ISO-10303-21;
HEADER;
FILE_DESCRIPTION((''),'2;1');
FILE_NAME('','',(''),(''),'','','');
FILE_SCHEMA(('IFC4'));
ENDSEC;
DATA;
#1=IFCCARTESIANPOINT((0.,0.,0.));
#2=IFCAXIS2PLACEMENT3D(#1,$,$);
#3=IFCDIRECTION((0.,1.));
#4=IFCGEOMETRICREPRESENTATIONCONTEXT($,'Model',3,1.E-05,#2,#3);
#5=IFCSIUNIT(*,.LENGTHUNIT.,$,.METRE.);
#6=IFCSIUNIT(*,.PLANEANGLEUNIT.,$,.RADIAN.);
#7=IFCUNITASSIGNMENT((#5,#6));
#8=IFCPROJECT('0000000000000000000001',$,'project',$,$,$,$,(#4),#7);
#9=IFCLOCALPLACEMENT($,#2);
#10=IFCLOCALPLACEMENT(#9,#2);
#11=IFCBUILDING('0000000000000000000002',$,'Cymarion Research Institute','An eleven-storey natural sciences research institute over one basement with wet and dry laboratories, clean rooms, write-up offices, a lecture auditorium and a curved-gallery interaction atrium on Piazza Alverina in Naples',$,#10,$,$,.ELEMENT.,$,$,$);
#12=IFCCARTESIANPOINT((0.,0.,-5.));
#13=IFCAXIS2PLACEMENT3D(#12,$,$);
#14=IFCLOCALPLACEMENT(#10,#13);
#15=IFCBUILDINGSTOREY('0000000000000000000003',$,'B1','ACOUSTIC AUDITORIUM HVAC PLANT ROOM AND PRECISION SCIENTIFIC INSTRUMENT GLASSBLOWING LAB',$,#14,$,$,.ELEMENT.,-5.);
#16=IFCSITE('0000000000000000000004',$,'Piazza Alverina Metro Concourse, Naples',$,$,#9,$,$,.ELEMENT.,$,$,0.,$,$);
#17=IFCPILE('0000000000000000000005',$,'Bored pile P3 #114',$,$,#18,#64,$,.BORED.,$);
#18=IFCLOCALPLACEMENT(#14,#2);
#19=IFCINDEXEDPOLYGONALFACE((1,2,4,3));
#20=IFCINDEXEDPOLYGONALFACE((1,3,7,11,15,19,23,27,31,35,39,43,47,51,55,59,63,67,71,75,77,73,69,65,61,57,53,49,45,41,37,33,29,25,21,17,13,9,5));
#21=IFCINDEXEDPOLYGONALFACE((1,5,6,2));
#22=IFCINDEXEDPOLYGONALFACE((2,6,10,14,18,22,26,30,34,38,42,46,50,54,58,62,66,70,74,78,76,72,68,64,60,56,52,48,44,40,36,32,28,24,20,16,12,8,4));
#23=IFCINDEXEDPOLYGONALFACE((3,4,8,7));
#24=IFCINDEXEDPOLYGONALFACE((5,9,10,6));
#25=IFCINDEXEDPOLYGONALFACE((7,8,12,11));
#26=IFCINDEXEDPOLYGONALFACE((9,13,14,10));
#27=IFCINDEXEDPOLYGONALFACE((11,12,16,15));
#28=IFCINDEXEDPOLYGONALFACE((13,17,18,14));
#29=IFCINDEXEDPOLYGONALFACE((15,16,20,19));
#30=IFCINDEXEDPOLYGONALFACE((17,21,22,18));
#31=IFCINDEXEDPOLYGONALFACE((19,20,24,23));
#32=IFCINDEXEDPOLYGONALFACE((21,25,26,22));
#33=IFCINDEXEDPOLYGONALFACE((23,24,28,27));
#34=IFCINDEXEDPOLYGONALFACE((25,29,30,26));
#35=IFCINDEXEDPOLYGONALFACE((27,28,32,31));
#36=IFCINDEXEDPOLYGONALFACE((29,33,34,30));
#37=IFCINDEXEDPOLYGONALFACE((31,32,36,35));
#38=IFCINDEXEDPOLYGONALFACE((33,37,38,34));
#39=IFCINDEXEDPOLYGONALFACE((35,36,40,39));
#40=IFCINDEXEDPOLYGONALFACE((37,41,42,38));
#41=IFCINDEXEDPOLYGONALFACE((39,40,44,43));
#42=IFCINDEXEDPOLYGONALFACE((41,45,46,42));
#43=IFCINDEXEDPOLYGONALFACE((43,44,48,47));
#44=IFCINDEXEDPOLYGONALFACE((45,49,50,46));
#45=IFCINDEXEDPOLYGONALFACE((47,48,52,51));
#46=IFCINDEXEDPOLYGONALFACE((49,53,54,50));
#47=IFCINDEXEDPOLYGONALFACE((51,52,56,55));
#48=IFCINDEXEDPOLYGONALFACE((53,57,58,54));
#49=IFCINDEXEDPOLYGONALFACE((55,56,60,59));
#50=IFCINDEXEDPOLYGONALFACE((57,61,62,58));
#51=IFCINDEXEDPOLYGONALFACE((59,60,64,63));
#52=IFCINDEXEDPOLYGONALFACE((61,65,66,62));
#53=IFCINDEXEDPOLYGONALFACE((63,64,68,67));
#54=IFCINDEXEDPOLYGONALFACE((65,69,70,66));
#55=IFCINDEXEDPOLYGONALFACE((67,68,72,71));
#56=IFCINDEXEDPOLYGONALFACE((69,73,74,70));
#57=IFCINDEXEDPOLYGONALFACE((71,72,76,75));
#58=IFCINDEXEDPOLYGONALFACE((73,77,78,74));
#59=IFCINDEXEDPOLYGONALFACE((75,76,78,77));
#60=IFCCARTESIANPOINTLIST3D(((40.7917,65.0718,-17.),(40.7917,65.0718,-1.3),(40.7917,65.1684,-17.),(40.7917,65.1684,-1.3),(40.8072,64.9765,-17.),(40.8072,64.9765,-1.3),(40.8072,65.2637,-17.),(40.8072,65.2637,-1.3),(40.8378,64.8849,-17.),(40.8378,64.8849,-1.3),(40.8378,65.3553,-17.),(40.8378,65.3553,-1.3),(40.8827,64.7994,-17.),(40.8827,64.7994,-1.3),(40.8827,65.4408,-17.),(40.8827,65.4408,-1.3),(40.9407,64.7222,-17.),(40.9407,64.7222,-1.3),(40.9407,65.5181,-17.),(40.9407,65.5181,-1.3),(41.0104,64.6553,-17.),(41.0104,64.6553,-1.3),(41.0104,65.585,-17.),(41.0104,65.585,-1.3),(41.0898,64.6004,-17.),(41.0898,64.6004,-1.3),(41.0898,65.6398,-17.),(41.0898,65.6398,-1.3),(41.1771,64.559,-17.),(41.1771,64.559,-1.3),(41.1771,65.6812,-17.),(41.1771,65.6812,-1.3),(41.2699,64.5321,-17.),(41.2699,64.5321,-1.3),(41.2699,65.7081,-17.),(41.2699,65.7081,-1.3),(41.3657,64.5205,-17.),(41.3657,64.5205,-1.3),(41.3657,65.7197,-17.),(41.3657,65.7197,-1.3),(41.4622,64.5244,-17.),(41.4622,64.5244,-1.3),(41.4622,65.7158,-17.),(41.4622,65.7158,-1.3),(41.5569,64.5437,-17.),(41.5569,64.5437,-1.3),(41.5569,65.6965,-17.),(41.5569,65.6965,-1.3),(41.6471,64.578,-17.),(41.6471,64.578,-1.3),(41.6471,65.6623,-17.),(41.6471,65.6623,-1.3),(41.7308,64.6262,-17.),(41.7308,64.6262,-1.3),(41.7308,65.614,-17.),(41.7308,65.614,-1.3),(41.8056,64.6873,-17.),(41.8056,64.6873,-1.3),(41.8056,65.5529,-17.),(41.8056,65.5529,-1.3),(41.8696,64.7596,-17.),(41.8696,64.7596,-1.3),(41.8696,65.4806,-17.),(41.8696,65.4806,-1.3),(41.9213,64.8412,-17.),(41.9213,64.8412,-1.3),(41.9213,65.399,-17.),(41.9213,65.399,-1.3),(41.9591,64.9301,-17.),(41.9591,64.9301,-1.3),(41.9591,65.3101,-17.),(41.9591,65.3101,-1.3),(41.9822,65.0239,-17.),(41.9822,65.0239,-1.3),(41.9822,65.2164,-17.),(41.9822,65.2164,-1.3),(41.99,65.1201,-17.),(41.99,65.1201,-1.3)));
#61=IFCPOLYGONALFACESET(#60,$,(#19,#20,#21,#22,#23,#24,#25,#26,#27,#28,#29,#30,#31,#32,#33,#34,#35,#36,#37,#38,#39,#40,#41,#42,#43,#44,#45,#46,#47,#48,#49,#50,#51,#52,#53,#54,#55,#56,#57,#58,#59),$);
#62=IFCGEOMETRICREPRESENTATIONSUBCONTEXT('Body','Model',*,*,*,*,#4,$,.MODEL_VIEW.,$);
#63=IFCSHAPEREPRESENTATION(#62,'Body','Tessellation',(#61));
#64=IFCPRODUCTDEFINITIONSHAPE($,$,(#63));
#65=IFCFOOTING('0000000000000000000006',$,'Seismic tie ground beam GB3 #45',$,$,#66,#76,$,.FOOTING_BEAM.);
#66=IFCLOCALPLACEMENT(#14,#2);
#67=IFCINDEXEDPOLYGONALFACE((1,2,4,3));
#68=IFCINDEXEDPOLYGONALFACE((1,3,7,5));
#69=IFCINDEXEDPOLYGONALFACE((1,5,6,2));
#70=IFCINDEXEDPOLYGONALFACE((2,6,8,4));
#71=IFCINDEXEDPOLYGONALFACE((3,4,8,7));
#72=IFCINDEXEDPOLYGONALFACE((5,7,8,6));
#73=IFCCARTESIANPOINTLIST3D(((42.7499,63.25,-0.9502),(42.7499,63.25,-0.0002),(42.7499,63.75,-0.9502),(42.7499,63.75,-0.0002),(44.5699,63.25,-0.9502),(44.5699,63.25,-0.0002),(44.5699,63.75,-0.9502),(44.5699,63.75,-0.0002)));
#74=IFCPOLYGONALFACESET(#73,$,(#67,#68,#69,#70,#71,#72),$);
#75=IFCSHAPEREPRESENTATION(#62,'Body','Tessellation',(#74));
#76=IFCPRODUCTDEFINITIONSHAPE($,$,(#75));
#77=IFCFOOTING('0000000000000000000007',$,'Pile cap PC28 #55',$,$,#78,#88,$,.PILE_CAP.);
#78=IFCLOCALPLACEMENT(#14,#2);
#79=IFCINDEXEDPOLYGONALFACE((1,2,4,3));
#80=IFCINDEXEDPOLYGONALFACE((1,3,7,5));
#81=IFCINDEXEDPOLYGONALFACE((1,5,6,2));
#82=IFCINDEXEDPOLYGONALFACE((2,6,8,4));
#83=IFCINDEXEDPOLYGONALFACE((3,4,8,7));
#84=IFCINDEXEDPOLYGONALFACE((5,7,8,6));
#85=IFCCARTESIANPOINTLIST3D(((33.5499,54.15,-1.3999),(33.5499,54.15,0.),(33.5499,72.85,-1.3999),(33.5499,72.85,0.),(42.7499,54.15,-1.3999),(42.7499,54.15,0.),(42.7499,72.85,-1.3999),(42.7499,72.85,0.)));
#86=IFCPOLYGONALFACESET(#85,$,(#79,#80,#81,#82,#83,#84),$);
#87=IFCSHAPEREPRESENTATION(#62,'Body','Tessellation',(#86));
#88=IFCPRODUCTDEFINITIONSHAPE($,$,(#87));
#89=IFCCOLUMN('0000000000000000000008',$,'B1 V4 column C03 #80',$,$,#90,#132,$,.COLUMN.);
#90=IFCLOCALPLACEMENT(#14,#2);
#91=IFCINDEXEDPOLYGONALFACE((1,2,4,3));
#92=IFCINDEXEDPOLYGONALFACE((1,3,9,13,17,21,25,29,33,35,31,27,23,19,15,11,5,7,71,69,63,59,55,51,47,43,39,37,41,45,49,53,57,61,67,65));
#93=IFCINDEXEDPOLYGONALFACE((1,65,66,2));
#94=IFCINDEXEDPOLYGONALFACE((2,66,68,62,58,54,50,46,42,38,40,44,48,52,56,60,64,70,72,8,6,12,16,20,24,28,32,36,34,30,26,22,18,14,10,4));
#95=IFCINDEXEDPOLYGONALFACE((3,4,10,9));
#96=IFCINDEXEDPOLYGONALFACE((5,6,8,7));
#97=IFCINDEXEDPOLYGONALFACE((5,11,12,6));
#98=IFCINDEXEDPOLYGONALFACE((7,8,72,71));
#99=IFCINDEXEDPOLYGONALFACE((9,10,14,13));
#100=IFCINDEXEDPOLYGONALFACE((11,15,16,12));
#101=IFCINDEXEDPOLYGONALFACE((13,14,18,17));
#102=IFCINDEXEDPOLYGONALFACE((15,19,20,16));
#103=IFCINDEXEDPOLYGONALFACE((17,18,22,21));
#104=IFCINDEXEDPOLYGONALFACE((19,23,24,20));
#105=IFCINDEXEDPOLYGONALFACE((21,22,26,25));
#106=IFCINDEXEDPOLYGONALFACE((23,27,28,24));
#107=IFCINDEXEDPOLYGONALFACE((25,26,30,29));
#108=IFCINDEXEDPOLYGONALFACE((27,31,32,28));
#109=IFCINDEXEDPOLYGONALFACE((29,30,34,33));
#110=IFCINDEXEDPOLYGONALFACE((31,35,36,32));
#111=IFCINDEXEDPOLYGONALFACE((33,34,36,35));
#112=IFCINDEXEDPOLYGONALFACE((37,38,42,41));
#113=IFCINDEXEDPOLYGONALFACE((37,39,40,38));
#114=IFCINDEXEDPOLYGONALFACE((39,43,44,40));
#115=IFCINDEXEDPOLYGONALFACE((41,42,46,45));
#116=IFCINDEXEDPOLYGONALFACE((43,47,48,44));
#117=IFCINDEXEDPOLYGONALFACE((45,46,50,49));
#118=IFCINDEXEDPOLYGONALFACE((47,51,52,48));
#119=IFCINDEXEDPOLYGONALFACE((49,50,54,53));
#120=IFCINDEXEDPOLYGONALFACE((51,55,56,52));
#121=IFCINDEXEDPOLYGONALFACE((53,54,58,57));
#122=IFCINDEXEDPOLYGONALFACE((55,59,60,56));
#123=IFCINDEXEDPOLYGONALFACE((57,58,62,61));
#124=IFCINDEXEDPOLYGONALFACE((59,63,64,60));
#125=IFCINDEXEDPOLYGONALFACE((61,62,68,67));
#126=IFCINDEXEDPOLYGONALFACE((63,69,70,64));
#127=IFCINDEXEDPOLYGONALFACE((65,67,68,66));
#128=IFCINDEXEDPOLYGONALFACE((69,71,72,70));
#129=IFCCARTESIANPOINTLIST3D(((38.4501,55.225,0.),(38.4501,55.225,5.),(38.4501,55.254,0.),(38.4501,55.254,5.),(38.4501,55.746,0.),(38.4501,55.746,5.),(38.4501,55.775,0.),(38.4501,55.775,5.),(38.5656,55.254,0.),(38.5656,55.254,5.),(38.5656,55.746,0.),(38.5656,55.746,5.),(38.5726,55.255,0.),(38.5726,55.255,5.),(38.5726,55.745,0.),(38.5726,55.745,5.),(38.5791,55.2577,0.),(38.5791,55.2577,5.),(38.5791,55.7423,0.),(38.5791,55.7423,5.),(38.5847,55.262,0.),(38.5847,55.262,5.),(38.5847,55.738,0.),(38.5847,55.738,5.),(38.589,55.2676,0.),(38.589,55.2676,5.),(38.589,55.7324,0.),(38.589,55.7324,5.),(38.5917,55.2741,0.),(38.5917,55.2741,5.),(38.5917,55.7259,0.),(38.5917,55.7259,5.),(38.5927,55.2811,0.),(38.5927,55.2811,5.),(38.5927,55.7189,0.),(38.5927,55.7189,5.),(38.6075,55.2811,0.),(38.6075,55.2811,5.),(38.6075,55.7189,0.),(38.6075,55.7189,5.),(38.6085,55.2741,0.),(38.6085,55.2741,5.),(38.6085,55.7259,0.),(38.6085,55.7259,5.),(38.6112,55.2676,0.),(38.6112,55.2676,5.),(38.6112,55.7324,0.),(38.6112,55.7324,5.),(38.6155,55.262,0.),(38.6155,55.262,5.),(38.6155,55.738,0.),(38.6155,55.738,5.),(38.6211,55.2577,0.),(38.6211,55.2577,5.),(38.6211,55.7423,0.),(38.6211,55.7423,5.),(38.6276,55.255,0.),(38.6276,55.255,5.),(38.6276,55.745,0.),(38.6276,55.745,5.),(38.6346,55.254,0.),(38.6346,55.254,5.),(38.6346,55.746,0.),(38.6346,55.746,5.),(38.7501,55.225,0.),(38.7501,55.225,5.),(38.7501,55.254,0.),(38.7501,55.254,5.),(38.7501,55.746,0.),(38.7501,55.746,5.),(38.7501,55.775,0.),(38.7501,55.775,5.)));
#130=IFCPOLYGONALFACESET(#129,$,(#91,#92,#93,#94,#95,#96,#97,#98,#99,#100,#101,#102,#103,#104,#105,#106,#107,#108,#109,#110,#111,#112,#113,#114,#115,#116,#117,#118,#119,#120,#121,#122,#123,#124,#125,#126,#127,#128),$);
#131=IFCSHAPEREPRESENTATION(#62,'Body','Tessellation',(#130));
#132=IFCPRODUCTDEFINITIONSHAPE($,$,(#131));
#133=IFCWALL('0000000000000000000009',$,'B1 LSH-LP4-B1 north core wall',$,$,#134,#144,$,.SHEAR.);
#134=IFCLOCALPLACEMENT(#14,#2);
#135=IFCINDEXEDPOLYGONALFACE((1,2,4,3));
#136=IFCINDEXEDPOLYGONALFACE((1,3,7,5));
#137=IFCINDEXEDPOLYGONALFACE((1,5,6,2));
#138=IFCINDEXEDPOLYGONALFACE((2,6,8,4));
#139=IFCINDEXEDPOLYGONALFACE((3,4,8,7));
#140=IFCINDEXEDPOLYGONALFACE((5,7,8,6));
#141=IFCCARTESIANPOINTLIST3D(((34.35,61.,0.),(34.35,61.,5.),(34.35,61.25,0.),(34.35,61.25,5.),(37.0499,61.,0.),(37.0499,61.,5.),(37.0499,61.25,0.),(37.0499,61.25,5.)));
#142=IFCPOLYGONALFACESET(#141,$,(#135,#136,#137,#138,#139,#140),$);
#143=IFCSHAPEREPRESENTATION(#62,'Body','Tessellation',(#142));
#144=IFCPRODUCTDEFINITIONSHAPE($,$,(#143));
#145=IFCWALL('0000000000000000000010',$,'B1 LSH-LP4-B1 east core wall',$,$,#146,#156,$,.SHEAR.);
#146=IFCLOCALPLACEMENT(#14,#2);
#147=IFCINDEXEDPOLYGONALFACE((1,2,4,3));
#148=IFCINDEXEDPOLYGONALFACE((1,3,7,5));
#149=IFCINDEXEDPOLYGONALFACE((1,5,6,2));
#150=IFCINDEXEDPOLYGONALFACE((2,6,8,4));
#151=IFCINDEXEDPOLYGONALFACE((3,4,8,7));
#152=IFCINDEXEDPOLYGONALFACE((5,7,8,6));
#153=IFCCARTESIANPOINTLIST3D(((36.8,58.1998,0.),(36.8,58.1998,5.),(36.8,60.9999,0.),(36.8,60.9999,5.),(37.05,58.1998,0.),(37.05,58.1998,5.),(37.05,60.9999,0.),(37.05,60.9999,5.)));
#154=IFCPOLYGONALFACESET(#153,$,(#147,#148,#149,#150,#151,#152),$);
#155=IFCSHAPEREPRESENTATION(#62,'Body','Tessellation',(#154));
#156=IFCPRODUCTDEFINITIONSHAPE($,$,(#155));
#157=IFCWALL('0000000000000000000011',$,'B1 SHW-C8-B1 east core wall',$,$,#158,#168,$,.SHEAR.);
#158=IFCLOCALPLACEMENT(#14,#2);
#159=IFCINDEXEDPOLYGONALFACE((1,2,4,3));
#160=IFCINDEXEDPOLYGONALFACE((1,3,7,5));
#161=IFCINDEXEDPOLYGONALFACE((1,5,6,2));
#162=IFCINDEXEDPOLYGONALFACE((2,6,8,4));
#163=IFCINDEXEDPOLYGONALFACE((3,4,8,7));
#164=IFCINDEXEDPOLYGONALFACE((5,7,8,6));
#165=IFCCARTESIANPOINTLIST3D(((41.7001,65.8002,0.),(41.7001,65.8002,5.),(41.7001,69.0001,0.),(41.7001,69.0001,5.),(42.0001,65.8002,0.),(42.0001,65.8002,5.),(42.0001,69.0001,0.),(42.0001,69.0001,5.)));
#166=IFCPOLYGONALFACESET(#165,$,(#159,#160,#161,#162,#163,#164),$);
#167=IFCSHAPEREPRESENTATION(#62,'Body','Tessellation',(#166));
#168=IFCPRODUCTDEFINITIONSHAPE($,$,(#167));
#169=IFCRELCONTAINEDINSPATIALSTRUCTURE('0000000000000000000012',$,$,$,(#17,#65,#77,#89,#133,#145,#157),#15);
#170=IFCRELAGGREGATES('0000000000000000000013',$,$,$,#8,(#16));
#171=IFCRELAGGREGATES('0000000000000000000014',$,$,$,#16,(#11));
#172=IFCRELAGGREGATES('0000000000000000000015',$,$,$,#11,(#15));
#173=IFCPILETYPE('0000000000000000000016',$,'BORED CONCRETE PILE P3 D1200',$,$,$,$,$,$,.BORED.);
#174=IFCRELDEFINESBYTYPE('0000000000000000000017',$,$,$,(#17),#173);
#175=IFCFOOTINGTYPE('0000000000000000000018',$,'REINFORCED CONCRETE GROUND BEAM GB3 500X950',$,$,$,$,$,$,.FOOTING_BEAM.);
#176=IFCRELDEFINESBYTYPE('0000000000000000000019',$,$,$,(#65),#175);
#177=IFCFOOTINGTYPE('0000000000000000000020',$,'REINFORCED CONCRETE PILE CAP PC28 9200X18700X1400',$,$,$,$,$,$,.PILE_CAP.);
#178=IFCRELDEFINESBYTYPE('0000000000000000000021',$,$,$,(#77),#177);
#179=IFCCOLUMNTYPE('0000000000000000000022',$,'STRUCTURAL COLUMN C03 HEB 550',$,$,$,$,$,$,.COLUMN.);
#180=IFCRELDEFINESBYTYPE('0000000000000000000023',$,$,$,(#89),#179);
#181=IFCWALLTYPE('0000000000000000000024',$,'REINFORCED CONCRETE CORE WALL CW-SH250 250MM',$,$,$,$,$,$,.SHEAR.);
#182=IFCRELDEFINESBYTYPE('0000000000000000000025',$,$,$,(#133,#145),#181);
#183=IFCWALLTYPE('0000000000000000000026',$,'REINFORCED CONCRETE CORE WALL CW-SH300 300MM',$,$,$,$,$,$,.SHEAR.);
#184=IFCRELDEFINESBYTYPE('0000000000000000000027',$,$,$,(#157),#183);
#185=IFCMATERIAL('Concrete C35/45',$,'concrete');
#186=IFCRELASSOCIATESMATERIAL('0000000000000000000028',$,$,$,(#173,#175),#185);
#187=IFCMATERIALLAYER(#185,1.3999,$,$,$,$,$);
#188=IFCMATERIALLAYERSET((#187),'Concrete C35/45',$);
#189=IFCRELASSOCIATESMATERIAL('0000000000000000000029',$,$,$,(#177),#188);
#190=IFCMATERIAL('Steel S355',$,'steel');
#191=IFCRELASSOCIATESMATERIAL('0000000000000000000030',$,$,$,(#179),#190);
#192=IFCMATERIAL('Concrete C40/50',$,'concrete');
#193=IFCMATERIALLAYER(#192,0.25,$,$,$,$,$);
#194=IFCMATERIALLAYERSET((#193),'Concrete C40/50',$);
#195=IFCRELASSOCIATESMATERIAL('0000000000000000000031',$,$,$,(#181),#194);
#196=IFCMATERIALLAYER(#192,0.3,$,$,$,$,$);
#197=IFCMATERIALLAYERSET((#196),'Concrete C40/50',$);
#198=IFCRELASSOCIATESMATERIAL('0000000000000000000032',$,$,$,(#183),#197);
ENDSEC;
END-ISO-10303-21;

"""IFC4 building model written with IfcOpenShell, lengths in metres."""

from ifc_helpers import new_model, si_unit, direction, frame, frame_2d, origin, origin_2d, place, context, subcontext, project, spatial, rectangle, circle, i_section, extrude, material, layer, layer_set, material_profile, profile_set, type_object, element, save


model = new_model("IFC4")

# Units and contexts
model_context = context("Model", 3, precision=1e-05, world=origin(), true_north=direction((0.0, 1.0)))
body_context = subcontext(model_context, "Body", "Model", "MODEL_VIEW")
ifc_project = project(units=[si_unit("LENGTHUNIT", "METRE"), si_unit("PLANEANGLEUNIT", "RADIAN")], contexts=[model_context])

# Site, building, storey
site_placement = place(None, origin())
site = spatial("IfcSite", under=ifc_project, at=site_placement, Name="Piazza Alverina Metro Concourse, Naples", CompositionType="ELEMENT", RefElevation=0.0)
building_placement = place(site_placement, origin())
building = spatial("IfcBuilding", under=site, at=building_placement, Name="Cymarion Research Institute", Description="An eleven-storey natural sciences research institute over one basement with wet and dry laboratories, clean rooms, write-up offices, a lecture auditorium and a curved-gallery interaction atrium on Piazza Alverina in Naples", CompositionType="ELEMENT")
storey_placement = place(building_placement, frame((0.0, 0.0, -5.0)))
storey = spatial("IfcBuildingStorey", under=building, at=storey_placement, Name="B1", Description="ACOUSTIC AUDITORIUM HVAC PLANT ROOM AND PRECISION SCIENTIFIC INSTRUMENT GLASSBLOWING LAB", CompositionType="ELEMENT", Elevation=-5.0)

# Pile
ifc_material_1 = material(Name="Concrete C35/45", Category="concrete")
ifc_material_profile_1 = material_profile(ifc_material_1, circle(Radius=0.6001, at=origin_2d()), Name="BORED PILE D1200")
ifc_profile_set_1 = profile_set([ifc_material_profile_1], Name="Concrete C35/45")
pile_type = type_object("IfcPileType", Name="BORED CONCRETE PILE P3 D1200", PredefinedType="BORED", material=ifc_profile_set_1)
for number, where, z_axis, x_axis, name in (
    (1, (41.3899, 65.1201, -1.3), (0.0, 0.0, -1.0), (1.0, 0.0, 0.0), "Bored pile P3 #114"),
):
    element("IfcPile", number, at=place(storey_placement, frame(where, z_axis=z_axis, x_axis=x_axis)), inside=storey, type_object=pile_type, Name=name, PredefinedType="BORED", context=body_context, shape_type="SweptSolid", body=[
        extrude(circle(Radius=0.6001, at=origin_2d()), origin(), (0.0, 0.0, 1.0), 15.7),
    ])

# Footings
footing_type_1 = type_object("IfcFootingType", Name="REINFORCED CONCRETE GROUND BEAM GB3 500X950", PredefinedType="FOOTING_BEAM", material=ifc_material_1)
footing_1_placement = place(storey_placement, frame((43.6599, 63.5, -0.9502), z_axis=(0.0, 0.0, 1.0), x_axis=(1.0, 0.0, 0.0)))
element("IfcFooting", 2, at=footing_1_placement, inside=storey, type_object=footing_type_1, Name="Seismic tie ground beam GB3 #45", PredefinedType="FOOTING_BEAM", context=body_context, shape_type="SweptSolid", body=[
    extrude(rectangle(XDim=1.8201, YDim=0.5, at=origin_2d()), origin(), (0.0, 0.0, 1.0), 0.95),
])
ifc_layer_1 = layer(ifc_material_1, 1.3999)
ifc_layer_set_1 = layer_set([ifc_layer_1], Name="Concrete C35/45")
footing_type_2 = type_object("IfcFootingType", Name="REINFORCED CONCRETE PILE CAP PC28 9200X18700X1400", PredefinedType="PILE_CAP", material=ifc_layer_set_1)
footing_2_placement = place(storey_placement, frame((38.1499, 63.5, -1.3999), z_axis=(0.0, 0.0, 1.0), x_axis=(1.0, 0.0, 0.0)))
element("IfcFooting", 3, at=footing_2_placement, inside=storey, type_object=footing_type_2, Name="Pile cap PC28 #55", PredefinedType="PILE_CAP", context=body_context, shape_type="SweptSolid", body=[
    extrude(rectangle(XDim=9.2, YDim=18.7, at=origin_2d()), origin(), (0.0, 0.0, 1.0), 1.3999),
])

# Column
ifc_material_2 = material(Name="Steel S355", Category="steel")
ifc_material_profile_2 = material_profile(ifc_material_2, i_section(OverallWidth=0.3, OverallDepth=0.55, WebThickness=0.0149, FlangeThickness=0.0291, FilletRadius=0.0271, at=origin_2d()), Name="HEB 550")
ifc_profile_set_2 = profile_set([ifc_material_profile_2], Name="Steel S355")
column_type = type_object("IfcColumnType", Name="STRUCTURAL COLUMN C03 HEB 550", PredefinedType="COLUMN", material=ifc_profile_set_2)
column_placement = place(storey_placement, frame((38.6001, 55.5, 0.0), z_axis=(0.0, 0.0, 1.0), x_axis=(1.0, 0.0, 0.0)))
element("IfcColumn", 4, at=column_placement, inside=storey, type_object=column_type, Name="B1 V4 column C03 #80", PredefinedType="COLUMN", context=body_context, shape_type="SweptSolid", body=[
    extrude(i_section(OverallWidth=0.3, OverallDepth=0.55, WebThickness=0.0149, FlangeThickness=0.0291, FilletRadius=0.0271, at=origin_2d()), origin(), (0.0, 0.0, 1.0), 5.0),
])

# Wall
ifc_material_3 = material(Name="Concrete C40/50", Category="concrete")
ifc_layer_2 = layer(ifc_material_3, 0.25)
ifc_layer_set_2 = layer_set([ifc_layer_2], Name="Concrete C40/50")
wall_type_1 = type_object("IfcWallType", Name="REINFORCED CONCRETE CORE WALL CW-SH250 250MM", PredefinedType="SHEAR", material=ifc_layer_set_2)
wall_1_placement = place(storey_placement, frame((37.05, 61.125, 0.0), z_axis=(0.0, 0.0, 1.0), x_axis=(-1.0, 0.0, 0.0)))
element("IfcWall", 5, at=wall_1_placement, inside=storey, type_object=wall_type_1, Name="B1 LSH-LP4-B1 north core wall", PredefinedType="SHEAR", context=body_context, shape_type="SweptSolid", body=[
    extrude(rectangle(XDim=2.7, YDim=0.25, at=frame_2d((1.3501, 0.0))), origin(), (0.0, 0.0, 1.0), 5.0),
])

# Walls
wall_2_placement = place(storey_placement, frame((36.925, 58.2, 0.0), z_axis=(0.0, 0.0, 1.0), x_axis=(0.0, 1.0, 0.0)))
element("IfcWall", 6, at=wall_2_placement, inside=storey, type_object=wall_type_1, Name="B1 LSH-LP4-B1 east core wall", PredefinedType="SHEAR", context=body_context, shape_type="SweptSolid", body=[
    extrude(rectangle(XDim=2.8, YDim=0.25, at=frame_2d((1.3999, 0.0))), origin(), (0.0, 0.0, 1.0), 5.0),
])
ifc_layer_3 = layer(ifc_material_3, 0.3)
ifc_layer_set_3 = layer_set([ifc_layer_3], Name="Concrete C40/50")
wall_type_2 = type_object("IfcWallType", Name="REINFORCED CONCRETE CORE WALL CW-SH300 300MM", PredefinedType="SHEAR", material=ifc_layer_set_3)
wall_3_placement = place(storey_placement, frame((41.8501, 65.8, 0.0), z_axis=(0.0, 0.0, 1.0), x_axis=(0.0, 1.0, 0.0)))
element("IfcWall", 7, at=wall_3_placement, inside=storey, type_object=wall_type_2, Name="B1 SHW-C8-B1 east core wall", PredefinedType="SHEAR", context=body_context, shape_type="SweptSolid", body=[
    extrude(rectangle(XDim=3.2, YDim=0.3, at=frame_2d((1.6001, 0.0))), origin(), (0.0, 0.0, 1.0), 5.0),
])

save(model, "model.ifc")
